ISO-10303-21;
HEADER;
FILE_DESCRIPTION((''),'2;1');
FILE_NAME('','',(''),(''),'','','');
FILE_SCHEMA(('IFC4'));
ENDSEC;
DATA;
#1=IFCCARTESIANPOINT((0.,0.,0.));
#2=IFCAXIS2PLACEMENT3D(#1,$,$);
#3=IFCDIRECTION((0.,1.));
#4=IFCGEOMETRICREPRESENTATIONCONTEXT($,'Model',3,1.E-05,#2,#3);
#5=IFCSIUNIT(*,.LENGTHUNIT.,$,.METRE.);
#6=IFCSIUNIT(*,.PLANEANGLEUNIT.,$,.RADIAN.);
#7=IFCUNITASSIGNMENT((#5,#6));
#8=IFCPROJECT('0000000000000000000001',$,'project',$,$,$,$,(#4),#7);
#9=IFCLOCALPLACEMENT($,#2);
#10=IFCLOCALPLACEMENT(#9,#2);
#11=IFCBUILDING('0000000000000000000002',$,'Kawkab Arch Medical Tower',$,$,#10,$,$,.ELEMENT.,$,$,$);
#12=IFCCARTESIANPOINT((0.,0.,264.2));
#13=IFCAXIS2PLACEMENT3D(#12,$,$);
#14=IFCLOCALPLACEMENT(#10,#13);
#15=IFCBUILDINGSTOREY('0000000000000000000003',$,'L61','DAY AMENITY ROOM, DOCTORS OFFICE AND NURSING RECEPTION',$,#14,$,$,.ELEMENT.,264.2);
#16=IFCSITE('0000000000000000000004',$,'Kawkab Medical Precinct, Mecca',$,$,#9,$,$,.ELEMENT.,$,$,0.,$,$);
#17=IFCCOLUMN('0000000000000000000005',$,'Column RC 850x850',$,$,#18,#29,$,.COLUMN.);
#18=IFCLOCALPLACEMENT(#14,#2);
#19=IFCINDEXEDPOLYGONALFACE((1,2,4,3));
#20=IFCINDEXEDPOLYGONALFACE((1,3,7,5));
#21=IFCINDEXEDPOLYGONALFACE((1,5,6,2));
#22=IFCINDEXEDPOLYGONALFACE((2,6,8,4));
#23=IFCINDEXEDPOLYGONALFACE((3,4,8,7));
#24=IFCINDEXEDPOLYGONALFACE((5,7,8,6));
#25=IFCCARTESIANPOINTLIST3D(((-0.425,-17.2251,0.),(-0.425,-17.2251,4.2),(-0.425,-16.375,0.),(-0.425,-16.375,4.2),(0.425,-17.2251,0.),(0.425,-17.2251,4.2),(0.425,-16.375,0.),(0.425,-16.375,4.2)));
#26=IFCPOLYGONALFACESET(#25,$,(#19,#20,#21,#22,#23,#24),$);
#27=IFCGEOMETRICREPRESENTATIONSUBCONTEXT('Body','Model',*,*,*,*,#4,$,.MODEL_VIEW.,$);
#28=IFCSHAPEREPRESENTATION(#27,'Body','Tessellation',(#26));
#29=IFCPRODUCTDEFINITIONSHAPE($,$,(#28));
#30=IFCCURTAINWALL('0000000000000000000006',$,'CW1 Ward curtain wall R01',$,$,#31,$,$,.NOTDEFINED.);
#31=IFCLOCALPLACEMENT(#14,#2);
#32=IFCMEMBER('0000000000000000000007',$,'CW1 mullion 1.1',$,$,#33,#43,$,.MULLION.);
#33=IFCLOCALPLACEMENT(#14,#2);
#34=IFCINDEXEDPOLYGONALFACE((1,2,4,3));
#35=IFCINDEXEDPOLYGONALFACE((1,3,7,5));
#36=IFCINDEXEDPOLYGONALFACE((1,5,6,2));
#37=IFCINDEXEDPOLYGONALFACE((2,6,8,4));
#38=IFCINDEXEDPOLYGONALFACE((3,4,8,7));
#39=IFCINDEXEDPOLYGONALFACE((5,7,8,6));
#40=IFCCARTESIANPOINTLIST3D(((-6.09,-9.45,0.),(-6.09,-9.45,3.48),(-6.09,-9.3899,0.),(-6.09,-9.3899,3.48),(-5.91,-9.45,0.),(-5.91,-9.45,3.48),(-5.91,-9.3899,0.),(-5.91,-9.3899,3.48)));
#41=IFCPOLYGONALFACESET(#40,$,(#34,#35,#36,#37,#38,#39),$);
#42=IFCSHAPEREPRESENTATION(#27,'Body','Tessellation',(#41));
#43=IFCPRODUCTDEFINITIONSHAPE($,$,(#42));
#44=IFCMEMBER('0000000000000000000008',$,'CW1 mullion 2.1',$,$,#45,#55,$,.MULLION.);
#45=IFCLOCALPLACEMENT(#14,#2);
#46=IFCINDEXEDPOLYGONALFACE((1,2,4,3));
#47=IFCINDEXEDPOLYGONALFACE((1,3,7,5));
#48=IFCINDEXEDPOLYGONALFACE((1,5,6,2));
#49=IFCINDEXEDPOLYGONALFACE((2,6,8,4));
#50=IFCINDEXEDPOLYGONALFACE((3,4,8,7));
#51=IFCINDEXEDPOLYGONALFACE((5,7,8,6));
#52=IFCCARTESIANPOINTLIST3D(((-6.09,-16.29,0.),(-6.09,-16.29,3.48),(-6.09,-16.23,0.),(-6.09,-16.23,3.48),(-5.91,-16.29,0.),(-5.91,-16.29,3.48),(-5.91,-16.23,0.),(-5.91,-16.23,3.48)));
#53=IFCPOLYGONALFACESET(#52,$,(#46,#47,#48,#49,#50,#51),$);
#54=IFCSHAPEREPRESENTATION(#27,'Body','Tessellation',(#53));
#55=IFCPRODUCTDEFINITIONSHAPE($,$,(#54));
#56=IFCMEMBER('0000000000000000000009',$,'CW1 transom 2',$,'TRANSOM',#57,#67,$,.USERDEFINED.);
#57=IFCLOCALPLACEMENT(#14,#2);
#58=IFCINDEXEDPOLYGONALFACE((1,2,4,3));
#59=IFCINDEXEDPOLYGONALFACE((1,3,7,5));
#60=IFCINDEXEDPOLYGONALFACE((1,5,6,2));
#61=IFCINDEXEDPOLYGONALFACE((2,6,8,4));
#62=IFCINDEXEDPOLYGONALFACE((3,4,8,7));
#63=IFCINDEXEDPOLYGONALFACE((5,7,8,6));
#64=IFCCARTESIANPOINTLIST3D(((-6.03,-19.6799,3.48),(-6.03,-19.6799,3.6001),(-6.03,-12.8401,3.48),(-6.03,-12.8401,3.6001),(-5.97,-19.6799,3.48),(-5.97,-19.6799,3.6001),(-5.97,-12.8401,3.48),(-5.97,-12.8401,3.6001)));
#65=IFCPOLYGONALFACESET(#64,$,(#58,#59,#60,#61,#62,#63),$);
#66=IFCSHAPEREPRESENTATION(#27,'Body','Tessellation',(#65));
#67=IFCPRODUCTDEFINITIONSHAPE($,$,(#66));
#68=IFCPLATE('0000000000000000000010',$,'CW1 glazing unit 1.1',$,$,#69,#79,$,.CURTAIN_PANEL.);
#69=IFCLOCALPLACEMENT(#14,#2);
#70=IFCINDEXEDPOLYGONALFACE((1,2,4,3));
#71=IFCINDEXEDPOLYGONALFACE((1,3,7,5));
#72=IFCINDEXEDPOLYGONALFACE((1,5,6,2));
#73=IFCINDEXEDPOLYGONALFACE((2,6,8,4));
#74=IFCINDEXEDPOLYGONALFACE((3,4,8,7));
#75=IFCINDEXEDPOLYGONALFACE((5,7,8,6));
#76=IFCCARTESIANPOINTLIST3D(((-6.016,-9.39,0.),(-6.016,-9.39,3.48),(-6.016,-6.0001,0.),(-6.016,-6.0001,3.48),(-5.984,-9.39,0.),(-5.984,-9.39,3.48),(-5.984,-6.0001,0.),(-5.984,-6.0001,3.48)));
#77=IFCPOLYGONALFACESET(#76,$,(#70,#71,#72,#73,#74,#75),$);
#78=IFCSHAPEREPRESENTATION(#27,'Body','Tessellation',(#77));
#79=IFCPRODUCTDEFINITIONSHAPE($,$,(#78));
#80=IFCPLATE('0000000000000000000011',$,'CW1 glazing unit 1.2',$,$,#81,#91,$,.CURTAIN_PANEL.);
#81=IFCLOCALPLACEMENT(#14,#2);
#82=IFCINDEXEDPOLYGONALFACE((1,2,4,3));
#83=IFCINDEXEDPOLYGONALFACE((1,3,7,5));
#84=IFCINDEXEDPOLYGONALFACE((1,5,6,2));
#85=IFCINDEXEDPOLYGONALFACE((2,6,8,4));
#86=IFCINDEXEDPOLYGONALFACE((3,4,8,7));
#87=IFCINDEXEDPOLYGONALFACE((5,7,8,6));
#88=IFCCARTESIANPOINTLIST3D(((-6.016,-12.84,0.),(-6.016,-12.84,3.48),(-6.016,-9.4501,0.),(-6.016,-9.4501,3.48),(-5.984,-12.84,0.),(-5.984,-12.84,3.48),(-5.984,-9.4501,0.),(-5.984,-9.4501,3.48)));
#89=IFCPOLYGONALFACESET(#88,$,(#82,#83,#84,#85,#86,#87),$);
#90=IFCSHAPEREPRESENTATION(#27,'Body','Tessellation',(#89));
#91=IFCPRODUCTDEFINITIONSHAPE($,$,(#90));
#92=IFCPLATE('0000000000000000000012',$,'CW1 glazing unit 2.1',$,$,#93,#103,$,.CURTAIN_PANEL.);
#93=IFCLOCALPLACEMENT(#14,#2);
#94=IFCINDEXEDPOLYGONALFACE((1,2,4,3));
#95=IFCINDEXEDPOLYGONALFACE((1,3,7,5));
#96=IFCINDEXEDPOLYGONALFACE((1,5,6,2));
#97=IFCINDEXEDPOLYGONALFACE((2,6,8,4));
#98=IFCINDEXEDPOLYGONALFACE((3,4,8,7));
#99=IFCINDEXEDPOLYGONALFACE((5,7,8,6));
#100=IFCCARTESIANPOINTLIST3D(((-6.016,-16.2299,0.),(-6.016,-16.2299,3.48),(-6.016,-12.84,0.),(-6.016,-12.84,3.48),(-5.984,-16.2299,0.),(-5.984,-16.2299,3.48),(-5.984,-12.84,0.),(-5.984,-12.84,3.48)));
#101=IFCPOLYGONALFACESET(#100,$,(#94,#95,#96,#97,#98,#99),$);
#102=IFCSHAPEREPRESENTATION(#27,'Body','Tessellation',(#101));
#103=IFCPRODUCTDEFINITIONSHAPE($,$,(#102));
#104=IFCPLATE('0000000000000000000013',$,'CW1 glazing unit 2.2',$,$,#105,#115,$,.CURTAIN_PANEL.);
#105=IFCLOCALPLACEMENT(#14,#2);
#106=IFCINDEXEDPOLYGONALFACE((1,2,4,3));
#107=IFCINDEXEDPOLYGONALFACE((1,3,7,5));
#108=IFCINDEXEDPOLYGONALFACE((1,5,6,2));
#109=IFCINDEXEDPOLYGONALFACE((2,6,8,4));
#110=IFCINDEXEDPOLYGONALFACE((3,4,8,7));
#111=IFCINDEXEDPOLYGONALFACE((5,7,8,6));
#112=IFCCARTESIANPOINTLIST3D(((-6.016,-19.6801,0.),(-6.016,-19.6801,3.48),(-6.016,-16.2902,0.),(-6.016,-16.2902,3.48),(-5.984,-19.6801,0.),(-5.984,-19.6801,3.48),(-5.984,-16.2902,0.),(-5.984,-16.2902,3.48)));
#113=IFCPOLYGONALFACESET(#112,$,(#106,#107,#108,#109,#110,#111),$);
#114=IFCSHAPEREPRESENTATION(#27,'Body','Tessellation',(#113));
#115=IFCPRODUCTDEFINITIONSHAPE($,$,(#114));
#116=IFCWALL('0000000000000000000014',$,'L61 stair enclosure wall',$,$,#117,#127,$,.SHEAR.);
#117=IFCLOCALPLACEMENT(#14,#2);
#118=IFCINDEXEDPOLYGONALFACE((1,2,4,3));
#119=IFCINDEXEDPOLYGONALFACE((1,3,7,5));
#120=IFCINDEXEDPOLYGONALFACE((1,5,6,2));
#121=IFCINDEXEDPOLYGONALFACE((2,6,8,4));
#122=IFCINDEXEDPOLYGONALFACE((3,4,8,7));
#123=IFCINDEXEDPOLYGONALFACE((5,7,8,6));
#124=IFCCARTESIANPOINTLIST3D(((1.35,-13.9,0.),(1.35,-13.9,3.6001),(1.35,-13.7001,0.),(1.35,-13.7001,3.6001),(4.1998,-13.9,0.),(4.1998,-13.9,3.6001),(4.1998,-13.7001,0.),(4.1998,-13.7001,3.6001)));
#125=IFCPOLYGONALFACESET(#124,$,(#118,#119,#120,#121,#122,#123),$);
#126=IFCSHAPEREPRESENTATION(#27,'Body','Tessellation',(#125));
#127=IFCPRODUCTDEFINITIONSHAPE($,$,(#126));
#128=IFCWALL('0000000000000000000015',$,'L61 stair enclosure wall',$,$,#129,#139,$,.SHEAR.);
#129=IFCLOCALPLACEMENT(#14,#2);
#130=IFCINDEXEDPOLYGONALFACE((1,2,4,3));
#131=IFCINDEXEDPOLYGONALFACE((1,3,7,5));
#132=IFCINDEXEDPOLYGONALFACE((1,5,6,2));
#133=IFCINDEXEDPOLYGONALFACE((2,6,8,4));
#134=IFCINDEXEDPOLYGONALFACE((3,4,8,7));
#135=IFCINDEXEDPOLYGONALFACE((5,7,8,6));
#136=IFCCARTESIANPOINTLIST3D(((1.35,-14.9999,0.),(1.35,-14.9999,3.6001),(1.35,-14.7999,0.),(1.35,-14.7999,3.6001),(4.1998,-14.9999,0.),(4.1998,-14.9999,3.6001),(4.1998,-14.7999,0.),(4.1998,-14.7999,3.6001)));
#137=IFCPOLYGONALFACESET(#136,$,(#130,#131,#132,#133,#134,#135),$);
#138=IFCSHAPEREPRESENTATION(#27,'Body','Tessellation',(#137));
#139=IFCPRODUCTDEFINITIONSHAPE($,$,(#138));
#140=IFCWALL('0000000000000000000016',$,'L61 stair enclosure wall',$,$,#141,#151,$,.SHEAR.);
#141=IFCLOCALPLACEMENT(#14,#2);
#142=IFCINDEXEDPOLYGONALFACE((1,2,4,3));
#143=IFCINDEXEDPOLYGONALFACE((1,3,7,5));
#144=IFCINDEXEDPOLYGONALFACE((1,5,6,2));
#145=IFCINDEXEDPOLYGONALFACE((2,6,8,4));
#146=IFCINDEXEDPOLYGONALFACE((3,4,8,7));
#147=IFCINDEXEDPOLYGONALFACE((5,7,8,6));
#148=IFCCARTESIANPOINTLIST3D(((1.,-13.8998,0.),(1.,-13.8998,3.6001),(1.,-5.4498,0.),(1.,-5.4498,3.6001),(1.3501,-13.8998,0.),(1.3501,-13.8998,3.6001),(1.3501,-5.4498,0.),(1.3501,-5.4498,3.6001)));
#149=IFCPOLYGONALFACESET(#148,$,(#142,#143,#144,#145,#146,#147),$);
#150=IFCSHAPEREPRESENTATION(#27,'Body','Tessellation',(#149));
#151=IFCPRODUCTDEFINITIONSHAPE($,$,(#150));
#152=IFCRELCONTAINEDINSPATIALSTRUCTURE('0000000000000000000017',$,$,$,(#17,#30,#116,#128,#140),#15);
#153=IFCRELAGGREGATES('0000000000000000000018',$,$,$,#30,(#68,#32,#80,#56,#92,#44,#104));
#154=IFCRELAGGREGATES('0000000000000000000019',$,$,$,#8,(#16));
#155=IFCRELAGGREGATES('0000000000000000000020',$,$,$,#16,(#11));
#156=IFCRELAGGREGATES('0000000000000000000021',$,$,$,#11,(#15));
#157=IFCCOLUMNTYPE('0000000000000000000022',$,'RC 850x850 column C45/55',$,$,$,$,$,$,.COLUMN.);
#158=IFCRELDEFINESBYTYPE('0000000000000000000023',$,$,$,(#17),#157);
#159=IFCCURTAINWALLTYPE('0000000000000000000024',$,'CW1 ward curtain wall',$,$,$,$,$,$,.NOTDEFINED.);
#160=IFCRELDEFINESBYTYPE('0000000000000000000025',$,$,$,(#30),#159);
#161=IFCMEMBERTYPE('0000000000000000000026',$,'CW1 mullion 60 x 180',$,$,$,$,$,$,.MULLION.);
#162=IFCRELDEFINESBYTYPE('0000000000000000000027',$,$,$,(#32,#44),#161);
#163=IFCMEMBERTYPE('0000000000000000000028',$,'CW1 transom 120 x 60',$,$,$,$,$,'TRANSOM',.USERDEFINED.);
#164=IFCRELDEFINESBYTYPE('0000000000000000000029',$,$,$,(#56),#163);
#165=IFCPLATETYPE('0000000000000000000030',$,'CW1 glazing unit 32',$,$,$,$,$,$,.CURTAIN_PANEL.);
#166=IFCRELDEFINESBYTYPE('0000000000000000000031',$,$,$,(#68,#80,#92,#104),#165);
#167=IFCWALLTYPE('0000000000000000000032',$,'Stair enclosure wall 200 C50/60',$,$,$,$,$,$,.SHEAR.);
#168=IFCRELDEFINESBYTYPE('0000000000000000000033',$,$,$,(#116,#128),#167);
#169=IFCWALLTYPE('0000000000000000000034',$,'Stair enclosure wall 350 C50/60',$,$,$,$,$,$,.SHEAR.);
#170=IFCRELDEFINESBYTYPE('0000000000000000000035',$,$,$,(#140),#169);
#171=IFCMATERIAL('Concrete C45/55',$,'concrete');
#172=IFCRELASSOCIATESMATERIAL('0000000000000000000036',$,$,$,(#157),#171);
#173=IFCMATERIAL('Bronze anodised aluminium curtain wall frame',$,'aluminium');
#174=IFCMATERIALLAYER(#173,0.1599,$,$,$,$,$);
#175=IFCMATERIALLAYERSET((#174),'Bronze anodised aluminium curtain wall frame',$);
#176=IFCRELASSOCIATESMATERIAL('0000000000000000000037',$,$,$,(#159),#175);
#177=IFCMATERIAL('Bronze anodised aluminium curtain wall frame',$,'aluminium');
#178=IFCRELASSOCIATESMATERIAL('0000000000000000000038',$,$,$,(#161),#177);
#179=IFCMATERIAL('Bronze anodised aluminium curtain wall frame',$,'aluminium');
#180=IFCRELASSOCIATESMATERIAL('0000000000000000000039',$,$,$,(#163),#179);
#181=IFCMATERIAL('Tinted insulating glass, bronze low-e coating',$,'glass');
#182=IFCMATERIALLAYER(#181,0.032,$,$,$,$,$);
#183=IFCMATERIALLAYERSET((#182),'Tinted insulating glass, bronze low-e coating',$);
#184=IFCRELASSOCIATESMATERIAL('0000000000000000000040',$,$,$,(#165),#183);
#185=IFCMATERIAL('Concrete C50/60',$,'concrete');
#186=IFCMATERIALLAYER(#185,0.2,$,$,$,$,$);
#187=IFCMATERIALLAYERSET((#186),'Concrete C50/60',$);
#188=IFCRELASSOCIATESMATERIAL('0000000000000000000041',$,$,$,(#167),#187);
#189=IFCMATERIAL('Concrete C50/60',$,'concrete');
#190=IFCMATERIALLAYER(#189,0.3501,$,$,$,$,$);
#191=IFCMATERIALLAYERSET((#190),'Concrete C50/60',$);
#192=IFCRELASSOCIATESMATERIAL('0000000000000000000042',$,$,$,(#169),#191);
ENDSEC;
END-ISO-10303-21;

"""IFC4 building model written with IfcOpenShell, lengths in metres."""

from ifc_helpers import new_model, si_unit, direction, frame, frame_2d, origin, origin_2d, place, context, subcontext, project, spatial, rectangle, extrude, material, layer, layer_set, material_profile, profile_set, type_object, element, aggregate, save


model = new_model("IFC4")

# Units and contexts
model_context = context("Model", 3, precision=1e-05, world=origin(), true_north=direction((0.0, 1.0)))
body_context = subcontext(model_context, "Body", "Model", "MODEL_VIEW")
ifc_project = project(units=[si_unit("LENGTHUNIT", "METRE"), si_unit("PLANEANGLEUNIT", "RADIAN")], contexts=[model_context])

# Site, building, storey
site_placement = place(None, origin())
site = spatial("IfcSite", under=ifc_project, at=site_placement, Name="Kawkab Medical Precinct, Mecca", CompositionType="ELEMENT", RefElevation=0.0)
building_placement = place(site_placement, origin())
building = spatial("IfcBuilding", under=site, at=building_placement, Name="Kawkab Arch Medical Tower", CompositionType="ELEMENT")
storey_placement = place(building_placement, frame((0.0, 0.0, 264.2)))
storey = spatial("IfcBuildingStorey", under=building, at=storey_placement, Name="L61", Description="DAY AMENITY ROOM, DOCTORS OFFICE AND NURSING RECEPTION", CompositionType="ELEMENT", Elevation=264.2)

# Column
ifc_material_1 = material(Name="Concrete C45/55", Category="concrete")
ifc_material_profile_1 = material_profile(ifc_material_1, rectangle(XDim=0.8501, YDim=0.8501, at=origin_2d()), Name="RC 850x850")
ifc_profile_set_1 = profile_set([ifc_material_profile_1], Name="Concrete C45/55")
column_type = type_object("IfcColumnType", Name="RC 850x850 column C45/55", PredefinedType="COLUMN", material=ifc_profile_set_1)
column_placement = place(storey_placement, frame((0.0, -16.8, 0.0), z_axis=(0.0, 0.0, 1.0), x_axis=(1.0, 0.0, 0.0)))
element("IfcColumn", 1, at=column_placement, inside=storey, type_object=column_type, Name="Column RC 850x850", PredefinedType="COLUMN", context=body_context, shape_type="SweptSolid", body=[
    extrude(rectangle(XDim=0.8501, YDim=0.8501, at=origin_2d()), origin(), (0.0, 0.0, 1.0), 4.2),
])

# Curtain wall, members, plates
ifc_material_2 = material(Name="Bronze anodised aluminium curtain wall frame", Category="aluminium")
ifc_layer_1 = layer(ifc_material_2, 0.1599)
ifc_layer_set_1 = layer_set([ifc_layer_1], Name="Bronze anodised aluminium curtain wall frame")
curtain_wall_type = type_object("IfcCurtainWallType", Name="CW1 ward curtain wall", PredefinedType="NOTDEFINED", material=ifc_layer_set_1)
placement = place(storey_placement, origin())
curtain_wall = element("IfcCurtainWall", 2, at=placement, inside=storey, type_object=curtain_wall_type, Name="CW1 Ward curtain wall R01", PredefinedType="NOTDEFINED")
ifc_material_3 = material(Name="Bronze anodised aluminium curtain wall frame", Category="aluminium")
ifc_material_profile_2 = material_profile(ifc_material_3, rectangle(XDim=0.1799, YDim=0.0601, at=origin_2d()), Name="AL 60x180")
ifc_profile_set_2 = profile_set([ifc_material_profile_2], Name="Bronze anodised aluminium curtain wall frame")
member_type_1 = type_object("IfcMemberType", Name="CW1 mullion 60 x 180", PredefinedType="MULLION", material=ifc_profile_set_2)
member_1_placement = place(storey_placement, frame((-6.0, -9.4199, 0.0), z_axis=(0.0, 0.0, 1.0), x_axis=(1.0, 0.0, 0.0)))
member_1 = element("IfcMember", 3, at=member_1_placement, type_object=member_type_1, Name="CW1 mullion 1.1", PredefinedType="MULLION", context=body_context, shape_type="SweptSolid", body=[
    extrude(rectangle(XDim=0.1799, YDim=0.0601, at=origin_2d()), origin(), (0.0, 0.0, 1.0), 3.48),
])
member_2_placement = place(storey_placement, frame((-6.0, -16.26, 0.0), z_axis=(0.0, 0.0, 1.0), x_axis=(1.0, 0.0, 0.0)))
member_2 = element("IfcMember", 4, at=member_2_placement, type_object=member_type_1, Name="CW1 mullion 2.1", PredefinedType="MULLION", context=body_context, shape_type="SweptSolid", body=[
    extrude(rectangle(XDim=0.1799, YDim=0.0601, at=origin_2d()), origin(), (0.0, 0.0, 1.0), 3.48),
])
ifc_material_4 = material(Name="Bronze anodised aluminium curtain wall frame", Category="aluminium")
ifc_material_profile_3 = material_profile(ifc_material_4, rectangle(XDim=0.0601, YDim=0.1201, at=origin_2d()), Name="AL 60x120")
ifc_profile_set_3 = profile_set([ifc_material_profile_3], Name="Bronze anodised aluminium curtain wall frame")
member_type_2 = type_object("IfcMemberType", Name="CW1 transom 120 x 60", ElementType="TRANSOM", PredefinedType="USERDEFINED", material=ifc_profile_set_3)
member_3_placement = place(storey_placement, frame((-6.0, -12.8401, 3.54), z_axis=(0.0, -1.0, 0.0), x_axis=(1.0, 0.0, 0.0)))
member_3 = element("IfcMember", 5, at=member_3_placement, type_object=member_type_2, Name="CW1 transom 2", ObjectType="TRANSOM", PredefinedType="USERDEFINED", context=body_context, shape_type="SweptSolid", body=[
    extrude(rectangle(XDim=0.0601, YDim=0.1201, at=origin_2d()), origin(), (0.0, 0.0, 1.0), 6.8398),
])
ifc_material_5 = material(Name="Tinted insulating glass, bronze low-e coating", Category="glass")
ifc_layer_2 = layer(ifc_material_5, 0.032)
ifc_layer_set_2 = layer_set([ifc_layer_2], Name="Tinted insulating glass, bronze low-e coating")
plate_type = type_object("IfcPlateType", Name="CW1 glazing unit 32", PredefinedType="CURTAIN_PANEL", material=ifc_layer_set_2)
plate_1_placement = place(storey_placement, frame((-6.0, -7.6951, 0.0), z_axis=(0.0, 0.0, 1.0), x_axis=(0.0, -1.0, 0.0)))
plate_1 = element("IfcPlate", 6, at=plate_1_placement, type_object=plate_type, Name="CW1 glazing unit 1.1", PredefinedType="CURTAIN_PANEL", context=body_context, shape_type="SweptSolid", body=[
    extrude(rectangle(XDim=3.3899, YDim=0.032, at=origin_2d()), origin(), (0.0, 0.0, 1.0), 3.48),
])
plate_2_placement = place(storey_placement, frame((-6.0, -11.145, 0.0), z_axis=(0.0, 0.0, 1.0), x_axis=(0.0, -1.0, 0.0)))
plate_2 = element("IfcPlate", 7, at=plate_2_placement, type_object=plate_type, Name="CW1 glazing unit 1.2", PredefinedType="CURTAIN_PANEL", context=body_context, shape_type="SweptSolid", body=[
    extrude(rectangle(XDim=3.3899, YDim=0.032, at=origin_2d()), origin(), (0.0, 0.0, 1.0), 3.48),
])
plate_3_placement = place(storey_placement, frame((-6.0, -14.5349, 0.0), z_axis=(0.0, 0.0, 1.0), x_axis=(0.0, -1.0, 0.0)))
plate_3 = element("IfcPlate", 8, at=plate_3_placement, type_object=plate_type, Name="CW1 glazing unit 2.1", PredefinedType="CURTAIN_PANEL", context=body_context, shape_type="SweptSolid", body=[
    extrude(rectangle(XDim=3.3899, YDim=0.032, at=origin_2d()), origin(), (0.0, 0.0, 1.0), 3.48),
])
plate_4_placement = place(storey_placement, frame((-6.0, -17.9851, 0.0), z_axis=(0.0, 0.0, 1.0), x_axis=(0.0, -1.0, 0.0)))
plate_4 = element("IfcPlate", 9, at=plate_4_placement, type_object=plate_type, Name="CW1 glazing unit 2.2", PredefinedType="CURTAIN_PANEL", context=body_context, shape_type="SweptSolid", body=[
    extrude(rectangle(XDim=3.3899, YDim=0.032, at=origin_2d()), origin(), (0.0, 0.0, 1.0), 3.48),
])
aggregate(curtain_wall, [plate_1, member_1, plate_2, member_3, plate_3, member_2, plate_4])

# Walls
ifc_material_6 = material(Name="Concrete C50/60", Category="concrete")
ifc_layer_3 = layer(ifc_material_6, 0.2)
ifc_layer_set_3 = layer_set([ifc_layer_3], Name="Concrete C50/60")
wall_type_1 = type_object("IfcWallType", Name="Stair enclosure wall 200 C50/60", PredefinedType="SHEAR", material=ifc_layer_set_3)
for number, where, z_axis, x_axis, name in (
    (10, (1.3501, -13.8, 0.0), (0.0, 0.0, 1.0), (1.0, 0.0, 0.0), "L61 stair enclosure wall"),
    (11, (1.3501, -14.8999, 0.0), (0.0, 0.0, 1.0), (1.0, 0.0, 0.0), "L61 stair enclosure wall"),
):
    element("IfcWall", number, at=place(storey_placement, frame(where, z_axis=z_axis, x_axis=x_axis)), inside=storey, type_object=wall_type_1, Name=name, PredefinedType="SHEAR", context=body_context, shape_type="SweptSolid", body=[
        extrude(rectangle(XDim=2.8499, YDim=0.2, at=frame_2d((1.4248, 0.0))), origin(), (0.0, 0.0, 1.0), 3.6001),
    ])
ifc_material_7 = material(Name="Concrete C50/60", Category="concrete")
ifc_layer_4 = layer(ifc_material_7, 0.3501)
ifc_layer_set_4 = layer_set([ifc_layer_4], Name="Concrete C50/60")
wall_type_2 = type_object("IfcWallType", Name="Stair enclosure wall 350 C50/60", PredefinedType="SHEAR", material=ifc_layer_set_4)
wall_placement = place(storey_placement, frame((1.175, -13.8999, 0.0), z_axis=(0.0, 0.0, 1.0), x_axis=(0.0, 1.0, 0.0)))
element("IfcWall", 12, at=wall_placement, inside=storey, type_object=wall_type_2, Name="L61 stair enclosure wall", PredefinedType="SHEAR", context=body_context, shape_type="SweptSolid", body=[
    extrude(rectangle(XDim=8.45, YDim=0.3501, at=frame_2d((4.2251, 0.0))), origin(), (0.0, 0.0, 1.0), 3.6001),
])

save(model, "model.ifc")
